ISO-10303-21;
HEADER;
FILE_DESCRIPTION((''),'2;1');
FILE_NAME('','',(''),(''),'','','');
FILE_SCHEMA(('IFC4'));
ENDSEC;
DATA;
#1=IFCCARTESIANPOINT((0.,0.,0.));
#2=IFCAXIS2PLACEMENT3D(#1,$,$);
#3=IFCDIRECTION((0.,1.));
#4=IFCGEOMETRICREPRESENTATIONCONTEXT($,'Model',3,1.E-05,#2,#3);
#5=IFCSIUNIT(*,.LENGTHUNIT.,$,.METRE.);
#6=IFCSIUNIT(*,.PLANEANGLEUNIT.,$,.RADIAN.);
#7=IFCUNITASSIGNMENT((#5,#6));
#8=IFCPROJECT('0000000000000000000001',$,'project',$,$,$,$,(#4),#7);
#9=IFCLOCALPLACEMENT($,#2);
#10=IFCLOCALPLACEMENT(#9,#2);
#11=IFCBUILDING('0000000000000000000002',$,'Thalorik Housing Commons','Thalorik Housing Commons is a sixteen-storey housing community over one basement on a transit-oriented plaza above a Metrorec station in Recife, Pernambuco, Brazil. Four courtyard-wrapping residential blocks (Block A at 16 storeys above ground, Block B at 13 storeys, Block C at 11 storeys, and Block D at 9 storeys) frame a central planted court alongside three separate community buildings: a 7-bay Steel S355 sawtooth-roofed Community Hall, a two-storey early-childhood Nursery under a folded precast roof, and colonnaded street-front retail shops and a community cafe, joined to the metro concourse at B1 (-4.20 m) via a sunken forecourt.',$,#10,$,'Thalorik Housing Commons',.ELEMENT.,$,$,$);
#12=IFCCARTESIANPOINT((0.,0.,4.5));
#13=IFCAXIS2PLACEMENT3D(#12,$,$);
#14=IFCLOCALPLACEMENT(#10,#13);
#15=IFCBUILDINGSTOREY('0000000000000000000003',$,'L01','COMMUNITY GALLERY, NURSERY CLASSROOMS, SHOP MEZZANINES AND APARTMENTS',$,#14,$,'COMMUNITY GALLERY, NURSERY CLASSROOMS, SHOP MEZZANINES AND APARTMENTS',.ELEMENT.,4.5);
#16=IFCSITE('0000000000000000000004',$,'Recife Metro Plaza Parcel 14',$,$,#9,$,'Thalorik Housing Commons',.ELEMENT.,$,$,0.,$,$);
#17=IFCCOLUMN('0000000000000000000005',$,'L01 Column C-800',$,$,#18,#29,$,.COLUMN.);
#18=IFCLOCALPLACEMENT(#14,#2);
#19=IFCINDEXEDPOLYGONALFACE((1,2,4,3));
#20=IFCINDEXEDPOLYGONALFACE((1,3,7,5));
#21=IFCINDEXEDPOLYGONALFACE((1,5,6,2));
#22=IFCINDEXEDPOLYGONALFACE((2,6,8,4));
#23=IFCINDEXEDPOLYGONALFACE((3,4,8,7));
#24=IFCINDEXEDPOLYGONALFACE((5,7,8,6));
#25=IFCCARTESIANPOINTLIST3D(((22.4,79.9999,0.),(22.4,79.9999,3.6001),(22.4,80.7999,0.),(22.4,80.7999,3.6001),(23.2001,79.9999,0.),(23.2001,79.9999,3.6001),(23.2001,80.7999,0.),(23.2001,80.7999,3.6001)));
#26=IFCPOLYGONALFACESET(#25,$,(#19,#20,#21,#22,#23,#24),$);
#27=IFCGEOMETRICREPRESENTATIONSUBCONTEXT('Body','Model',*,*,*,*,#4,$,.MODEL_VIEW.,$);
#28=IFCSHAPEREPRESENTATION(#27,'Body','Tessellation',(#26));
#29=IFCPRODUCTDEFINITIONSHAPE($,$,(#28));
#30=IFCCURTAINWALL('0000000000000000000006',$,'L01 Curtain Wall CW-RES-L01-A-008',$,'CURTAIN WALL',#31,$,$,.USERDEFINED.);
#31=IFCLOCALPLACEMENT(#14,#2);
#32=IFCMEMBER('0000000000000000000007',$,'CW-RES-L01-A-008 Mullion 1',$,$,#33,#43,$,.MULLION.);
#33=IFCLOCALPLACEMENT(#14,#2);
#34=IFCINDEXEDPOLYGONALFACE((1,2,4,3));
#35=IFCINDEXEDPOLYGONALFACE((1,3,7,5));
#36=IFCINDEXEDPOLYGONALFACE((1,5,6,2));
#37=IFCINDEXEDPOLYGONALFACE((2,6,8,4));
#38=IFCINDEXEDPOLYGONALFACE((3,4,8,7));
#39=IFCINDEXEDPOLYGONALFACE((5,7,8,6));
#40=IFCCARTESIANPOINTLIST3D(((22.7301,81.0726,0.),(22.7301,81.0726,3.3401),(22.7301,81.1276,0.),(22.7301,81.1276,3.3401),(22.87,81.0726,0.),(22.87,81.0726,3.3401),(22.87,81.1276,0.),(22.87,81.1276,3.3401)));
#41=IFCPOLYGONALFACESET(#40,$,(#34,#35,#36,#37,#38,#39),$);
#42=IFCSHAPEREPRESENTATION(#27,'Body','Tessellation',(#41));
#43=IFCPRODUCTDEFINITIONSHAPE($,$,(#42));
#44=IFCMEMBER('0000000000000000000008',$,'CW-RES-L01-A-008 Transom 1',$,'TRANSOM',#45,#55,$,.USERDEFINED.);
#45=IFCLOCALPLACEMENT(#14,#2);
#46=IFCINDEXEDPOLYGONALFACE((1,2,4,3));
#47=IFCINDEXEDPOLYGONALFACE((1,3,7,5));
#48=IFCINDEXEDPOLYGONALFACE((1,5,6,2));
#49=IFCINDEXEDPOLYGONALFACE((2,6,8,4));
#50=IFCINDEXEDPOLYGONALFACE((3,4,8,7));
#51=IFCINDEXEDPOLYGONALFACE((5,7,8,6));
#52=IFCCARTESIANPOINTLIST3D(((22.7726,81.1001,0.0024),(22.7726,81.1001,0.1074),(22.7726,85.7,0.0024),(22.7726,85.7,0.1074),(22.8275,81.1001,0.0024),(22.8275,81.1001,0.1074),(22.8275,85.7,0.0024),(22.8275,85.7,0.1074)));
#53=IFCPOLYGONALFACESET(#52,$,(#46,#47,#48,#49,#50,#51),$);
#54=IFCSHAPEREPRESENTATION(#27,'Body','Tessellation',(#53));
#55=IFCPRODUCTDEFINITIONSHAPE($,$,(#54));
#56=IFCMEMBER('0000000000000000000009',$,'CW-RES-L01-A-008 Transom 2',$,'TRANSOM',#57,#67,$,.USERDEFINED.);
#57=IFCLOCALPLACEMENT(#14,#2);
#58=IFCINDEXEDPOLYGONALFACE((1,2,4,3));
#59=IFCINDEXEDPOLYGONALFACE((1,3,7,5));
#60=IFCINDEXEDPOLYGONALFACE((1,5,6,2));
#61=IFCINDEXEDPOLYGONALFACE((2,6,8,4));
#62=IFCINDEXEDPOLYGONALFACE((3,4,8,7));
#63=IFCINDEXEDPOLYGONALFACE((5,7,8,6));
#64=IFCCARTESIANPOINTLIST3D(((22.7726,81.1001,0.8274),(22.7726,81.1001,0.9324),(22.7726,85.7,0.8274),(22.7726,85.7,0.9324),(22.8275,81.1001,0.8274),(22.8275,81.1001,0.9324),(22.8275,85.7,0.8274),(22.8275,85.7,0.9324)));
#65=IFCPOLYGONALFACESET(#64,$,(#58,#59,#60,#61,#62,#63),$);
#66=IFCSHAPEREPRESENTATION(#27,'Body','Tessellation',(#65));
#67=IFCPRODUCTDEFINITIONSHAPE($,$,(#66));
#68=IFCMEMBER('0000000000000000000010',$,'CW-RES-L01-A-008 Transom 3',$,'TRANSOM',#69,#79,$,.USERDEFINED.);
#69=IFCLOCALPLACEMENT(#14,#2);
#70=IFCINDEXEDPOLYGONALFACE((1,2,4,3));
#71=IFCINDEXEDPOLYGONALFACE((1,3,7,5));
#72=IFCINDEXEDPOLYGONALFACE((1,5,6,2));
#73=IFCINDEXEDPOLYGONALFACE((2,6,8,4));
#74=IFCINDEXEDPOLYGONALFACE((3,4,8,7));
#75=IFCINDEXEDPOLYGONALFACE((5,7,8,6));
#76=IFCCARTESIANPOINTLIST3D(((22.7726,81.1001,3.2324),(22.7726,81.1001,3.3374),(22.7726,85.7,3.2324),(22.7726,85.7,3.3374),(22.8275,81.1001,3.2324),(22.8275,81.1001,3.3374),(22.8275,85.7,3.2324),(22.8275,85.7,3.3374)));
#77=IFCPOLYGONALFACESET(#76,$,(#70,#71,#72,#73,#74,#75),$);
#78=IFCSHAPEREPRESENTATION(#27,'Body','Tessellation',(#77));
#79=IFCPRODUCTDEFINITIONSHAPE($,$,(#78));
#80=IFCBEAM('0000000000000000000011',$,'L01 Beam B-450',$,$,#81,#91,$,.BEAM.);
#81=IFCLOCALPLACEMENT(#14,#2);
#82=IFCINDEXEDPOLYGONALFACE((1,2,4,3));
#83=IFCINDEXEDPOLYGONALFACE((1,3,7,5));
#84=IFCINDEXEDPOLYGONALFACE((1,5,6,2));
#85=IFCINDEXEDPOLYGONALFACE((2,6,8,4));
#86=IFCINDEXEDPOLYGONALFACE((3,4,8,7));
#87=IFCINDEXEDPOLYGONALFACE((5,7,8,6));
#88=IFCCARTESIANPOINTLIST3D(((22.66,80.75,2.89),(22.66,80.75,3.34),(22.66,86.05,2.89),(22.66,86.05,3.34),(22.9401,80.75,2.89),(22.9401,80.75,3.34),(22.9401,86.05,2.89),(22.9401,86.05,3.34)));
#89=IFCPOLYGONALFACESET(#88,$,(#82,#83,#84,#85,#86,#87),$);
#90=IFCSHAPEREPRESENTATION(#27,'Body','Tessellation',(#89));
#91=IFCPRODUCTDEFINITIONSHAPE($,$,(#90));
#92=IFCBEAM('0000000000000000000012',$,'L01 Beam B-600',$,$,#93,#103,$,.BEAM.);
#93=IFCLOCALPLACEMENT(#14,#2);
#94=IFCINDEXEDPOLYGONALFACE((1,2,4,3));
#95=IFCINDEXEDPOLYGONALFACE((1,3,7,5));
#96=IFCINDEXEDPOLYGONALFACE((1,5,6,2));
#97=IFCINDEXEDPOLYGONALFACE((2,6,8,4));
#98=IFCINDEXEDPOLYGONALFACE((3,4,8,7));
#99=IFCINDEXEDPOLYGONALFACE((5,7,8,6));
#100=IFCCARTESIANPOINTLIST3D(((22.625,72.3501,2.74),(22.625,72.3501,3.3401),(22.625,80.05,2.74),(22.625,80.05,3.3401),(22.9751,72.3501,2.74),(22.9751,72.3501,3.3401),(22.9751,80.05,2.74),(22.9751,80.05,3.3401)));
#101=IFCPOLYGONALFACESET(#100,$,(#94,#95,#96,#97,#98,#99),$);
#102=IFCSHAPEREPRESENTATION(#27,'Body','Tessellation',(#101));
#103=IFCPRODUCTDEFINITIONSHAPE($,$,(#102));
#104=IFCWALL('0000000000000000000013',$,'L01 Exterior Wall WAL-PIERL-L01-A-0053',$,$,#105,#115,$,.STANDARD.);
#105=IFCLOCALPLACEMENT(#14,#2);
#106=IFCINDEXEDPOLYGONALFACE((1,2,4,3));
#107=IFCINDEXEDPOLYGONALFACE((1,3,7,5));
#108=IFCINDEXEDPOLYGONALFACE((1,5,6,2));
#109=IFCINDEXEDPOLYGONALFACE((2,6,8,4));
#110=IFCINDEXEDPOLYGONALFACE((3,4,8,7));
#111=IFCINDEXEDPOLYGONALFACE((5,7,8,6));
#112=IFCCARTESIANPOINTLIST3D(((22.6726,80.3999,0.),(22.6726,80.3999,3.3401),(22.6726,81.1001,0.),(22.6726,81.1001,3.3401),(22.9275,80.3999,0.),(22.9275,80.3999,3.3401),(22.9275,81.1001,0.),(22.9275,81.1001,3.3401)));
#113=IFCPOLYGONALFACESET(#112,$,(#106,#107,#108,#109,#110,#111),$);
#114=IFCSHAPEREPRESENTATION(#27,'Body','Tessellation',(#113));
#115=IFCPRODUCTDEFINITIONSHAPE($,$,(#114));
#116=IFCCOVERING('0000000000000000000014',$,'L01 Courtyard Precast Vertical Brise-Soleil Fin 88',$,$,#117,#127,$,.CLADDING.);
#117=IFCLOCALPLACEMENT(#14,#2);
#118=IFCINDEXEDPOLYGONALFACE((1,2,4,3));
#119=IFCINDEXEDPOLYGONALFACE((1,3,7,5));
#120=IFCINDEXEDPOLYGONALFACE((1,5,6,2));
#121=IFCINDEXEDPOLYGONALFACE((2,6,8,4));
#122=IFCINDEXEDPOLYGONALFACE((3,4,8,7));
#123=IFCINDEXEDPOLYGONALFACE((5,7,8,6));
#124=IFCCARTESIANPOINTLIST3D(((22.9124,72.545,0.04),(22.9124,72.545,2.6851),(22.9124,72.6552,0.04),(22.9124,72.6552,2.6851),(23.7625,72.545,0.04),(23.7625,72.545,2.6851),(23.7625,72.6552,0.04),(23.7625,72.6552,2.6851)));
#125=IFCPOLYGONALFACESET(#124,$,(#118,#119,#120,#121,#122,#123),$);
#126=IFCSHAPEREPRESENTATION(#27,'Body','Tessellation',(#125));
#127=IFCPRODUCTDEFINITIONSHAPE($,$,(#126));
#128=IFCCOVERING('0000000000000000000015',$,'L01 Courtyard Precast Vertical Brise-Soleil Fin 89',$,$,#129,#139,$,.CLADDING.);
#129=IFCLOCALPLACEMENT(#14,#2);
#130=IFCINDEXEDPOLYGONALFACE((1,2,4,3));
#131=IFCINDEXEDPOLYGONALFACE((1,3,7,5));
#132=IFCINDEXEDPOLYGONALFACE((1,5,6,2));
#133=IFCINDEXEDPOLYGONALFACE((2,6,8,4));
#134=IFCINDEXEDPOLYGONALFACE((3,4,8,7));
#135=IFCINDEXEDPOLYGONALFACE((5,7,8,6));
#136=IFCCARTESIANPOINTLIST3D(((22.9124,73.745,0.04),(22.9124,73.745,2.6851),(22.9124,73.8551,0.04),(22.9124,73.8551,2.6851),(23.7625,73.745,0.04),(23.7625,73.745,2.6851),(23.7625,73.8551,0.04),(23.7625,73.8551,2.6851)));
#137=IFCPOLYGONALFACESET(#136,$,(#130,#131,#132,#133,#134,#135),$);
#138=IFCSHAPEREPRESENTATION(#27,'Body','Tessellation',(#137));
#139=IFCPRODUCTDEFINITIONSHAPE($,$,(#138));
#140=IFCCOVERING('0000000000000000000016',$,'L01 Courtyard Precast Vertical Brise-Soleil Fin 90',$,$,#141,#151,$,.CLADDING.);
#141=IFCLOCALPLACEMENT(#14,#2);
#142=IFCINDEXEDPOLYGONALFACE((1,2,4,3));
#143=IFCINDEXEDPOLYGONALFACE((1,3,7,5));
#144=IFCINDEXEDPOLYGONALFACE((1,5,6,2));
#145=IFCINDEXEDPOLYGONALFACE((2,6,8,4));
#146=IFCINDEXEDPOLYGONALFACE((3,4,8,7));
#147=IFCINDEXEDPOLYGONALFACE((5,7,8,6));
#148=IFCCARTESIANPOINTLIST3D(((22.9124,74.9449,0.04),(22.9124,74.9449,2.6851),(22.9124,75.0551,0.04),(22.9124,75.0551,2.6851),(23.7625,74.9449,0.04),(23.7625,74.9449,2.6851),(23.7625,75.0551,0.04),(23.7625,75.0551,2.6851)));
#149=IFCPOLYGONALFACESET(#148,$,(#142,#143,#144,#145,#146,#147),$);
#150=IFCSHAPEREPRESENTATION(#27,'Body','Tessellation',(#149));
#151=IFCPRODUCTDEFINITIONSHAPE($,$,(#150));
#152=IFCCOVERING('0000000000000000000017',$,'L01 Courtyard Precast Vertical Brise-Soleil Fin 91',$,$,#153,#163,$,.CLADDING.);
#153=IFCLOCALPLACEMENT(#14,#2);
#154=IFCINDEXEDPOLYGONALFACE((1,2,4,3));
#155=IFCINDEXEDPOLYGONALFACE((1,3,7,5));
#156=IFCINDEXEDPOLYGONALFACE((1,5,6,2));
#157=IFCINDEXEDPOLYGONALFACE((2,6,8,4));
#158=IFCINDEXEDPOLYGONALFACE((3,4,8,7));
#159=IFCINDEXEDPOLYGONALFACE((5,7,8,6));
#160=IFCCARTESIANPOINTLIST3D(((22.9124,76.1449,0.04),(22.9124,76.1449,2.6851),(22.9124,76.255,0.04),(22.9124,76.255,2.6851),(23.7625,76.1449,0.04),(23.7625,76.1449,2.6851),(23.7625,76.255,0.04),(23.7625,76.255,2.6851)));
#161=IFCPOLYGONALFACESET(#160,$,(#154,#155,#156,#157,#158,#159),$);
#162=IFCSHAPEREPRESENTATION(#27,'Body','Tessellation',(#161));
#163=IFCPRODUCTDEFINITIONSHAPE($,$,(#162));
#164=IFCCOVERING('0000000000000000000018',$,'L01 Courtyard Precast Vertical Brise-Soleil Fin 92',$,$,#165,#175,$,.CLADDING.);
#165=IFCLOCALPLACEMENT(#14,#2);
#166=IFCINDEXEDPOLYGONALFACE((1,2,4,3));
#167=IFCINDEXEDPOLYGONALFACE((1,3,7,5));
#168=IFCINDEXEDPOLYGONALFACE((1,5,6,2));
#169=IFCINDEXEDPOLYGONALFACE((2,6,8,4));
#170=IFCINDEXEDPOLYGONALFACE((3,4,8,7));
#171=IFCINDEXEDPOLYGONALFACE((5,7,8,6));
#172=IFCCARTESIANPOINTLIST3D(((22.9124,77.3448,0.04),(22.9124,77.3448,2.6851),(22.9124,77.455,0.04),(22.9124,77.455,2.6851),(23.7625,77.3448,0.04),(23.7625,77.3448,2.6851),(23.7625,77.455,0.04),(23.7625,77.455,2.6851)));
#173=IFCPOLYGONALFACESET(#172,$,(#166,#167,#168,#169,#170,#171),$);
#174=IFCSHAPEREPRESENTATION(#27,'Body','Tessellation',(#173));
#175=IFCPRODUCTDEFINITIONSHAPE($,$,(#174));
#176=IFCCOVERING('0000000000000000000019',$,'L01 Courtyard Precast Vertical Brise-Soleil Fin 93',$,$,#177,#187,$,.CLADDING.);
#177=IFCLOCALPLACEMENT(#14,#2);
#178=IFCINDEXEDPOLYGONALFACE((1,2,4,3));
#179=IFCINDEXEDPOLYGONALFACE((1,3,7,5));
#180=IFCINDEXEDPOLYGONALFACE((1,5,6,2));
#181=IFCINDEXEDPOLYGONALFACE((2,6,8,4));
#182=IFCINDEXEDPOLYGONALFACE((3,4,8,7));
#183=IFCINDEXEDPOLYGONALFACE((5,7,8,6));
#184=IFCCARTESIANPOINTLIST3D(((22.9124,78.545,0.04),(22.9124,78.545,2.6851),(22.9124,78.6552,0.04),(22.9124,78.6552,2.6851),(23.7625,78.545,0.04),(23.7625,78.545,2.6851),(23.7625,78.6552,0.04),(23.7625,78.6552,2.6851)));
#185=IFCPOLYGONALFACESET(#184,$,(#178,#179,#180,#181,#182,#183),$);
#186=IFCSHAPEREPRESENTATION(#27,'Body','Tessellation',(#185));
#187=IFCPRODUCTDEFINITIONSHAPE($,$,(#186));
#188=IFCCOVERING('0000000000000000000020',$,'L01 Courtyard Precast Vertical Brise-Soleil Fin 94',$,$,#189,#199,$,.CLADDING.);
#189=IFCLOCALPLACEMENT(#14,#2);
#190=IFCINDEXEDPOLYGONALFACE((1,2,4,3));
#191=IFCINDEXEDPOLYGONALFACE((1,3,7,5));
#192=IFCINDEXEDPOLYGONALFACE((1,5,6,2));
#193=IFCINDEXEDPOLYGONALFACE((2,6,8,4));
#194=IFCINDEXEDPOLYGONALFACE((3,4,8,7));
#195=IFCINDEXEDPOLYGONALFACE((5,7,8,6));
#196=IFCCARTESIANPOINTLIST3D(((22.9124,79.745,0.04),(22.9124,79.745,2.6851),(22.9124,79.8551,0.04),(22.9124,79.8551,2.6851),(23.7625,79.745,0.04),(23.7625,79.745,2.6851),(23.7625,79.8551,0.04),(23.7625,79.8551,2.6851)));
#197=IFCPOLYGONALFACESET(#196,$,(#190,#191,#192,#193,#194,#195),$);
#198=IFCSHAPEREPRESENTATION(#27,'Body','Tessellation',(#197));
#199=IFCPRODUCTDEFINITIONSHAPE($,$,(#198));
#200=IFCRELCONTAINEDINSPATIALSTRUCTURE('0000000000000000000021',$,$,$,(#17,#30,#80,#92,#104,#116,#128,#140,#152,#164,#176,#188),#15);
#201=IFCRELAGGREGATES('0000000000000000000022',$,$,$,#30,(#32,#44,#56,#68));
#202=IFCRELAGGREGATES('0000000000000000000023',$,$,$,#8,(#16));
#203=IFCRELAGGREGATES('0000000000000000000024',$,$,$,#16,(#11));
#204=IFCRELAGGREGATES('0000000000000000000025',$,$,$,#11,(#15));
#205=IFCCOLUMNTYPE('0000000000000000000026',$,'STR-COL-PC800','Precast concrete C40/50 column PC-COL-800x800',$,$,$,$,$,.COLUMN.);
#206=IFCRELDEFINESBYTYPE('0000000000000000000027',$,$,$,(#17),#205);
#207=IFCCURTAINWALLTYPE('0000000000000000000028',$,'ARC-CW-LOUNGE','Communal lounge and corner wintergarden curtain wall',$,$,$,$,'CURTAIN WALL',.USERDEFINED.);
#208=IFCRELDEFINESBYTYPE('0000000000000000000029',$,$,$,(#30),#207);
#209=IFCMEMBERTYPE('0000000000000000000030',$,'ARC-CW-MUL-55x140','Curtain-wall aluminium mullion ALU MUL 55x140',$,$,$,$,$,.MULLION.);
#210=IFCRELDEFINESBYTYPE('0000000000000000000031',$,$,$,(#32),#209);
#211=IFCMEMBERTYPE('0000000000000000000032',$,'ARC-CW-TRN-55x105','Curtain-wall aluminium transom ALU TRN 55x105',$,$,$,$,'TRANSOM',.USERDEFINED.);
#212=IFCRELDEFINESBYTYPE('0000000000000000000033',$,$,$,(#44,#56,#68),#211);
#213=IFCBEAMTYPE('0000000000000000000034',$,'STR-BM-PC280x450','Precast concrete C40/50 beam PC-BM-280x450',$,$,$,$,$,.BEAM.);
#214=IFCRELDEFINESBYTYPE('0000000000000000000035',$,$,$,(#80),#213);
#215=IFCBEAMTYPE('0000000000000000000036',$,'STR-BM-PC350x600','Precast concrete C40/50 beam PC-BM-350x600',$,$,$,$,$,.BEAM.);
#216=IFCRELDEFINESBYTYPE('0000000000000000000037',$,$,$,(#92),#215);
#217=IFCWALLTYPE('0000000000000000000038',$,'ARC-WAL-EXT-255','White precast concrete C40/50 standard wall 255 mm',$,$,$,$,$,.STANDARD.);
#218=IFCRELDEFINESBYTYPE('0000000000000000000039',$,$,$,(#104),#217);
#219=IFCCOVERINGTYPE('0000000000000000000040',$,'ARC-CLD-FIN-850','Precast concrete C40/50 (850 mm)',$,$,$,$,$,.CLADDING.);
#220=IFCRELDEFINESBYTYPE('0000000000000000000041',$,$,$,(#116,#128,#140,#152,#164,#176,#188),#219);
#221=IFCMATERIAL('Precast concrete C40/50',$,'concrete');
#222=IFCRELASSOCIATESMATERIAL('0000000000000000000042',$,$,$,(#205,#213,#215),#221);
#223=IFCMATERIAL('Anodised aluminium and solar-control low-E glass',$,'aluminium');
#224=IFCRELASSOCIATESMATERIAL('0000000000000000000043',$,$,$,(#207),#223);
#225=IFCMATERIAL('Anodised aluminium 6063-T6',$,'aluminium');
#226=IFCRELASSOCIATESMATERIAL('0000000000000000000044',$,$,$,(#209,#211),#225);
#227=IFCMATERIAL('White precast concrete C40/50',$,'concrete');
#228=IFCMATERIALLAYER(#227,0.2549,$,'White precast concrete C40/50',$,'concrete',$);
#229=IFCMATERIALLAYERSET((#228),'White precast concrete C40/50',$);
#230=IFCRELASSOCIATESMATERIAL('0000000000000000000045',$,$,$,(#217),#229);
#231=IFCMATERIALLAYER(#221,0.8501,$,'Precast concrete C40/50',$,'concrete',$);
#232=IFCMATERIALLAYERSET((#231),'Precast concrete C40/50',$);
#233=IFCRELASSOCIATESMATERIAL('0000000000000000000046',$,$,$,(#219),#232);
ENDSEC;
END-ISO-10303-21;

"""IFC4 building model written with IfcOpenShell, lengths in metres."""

from ifc_helpers import new_model, si_unit, direction, frame, frame_2d, origin, origin_2d, place, context, subcontext, project, spatial, rectangle, extrude, material, layer, layer_set, material_profile, profile_set, type_object, element, aggregate, save


model = new_model("IFC4")

# Units and contexts
model_context = context("Model", 3, precision=1e-05, world=origin(), true_north=direction((0.0, 1.0)))
body_context = subcontext(model_context, "Body", "Model", "MODEL_VIEW")
ifc_project = project(units=[si_unit("LENGTHUNIT", "METRE"), si_unit("PLANEANGLEUNIT", "RADIAN")], contexts=[model_context])

# Site, building, storey
site_placement = place(None, origin())
site = spatial("IfcSite", under=ifc_project, at=site_placement, Name="Recife Metro Plaza Parcel 14", LongName="Thalorik Housing Commons", CompositionType="ELEMENT", RefElevation=0.0)
building_placement = place(site_placement, origin())
building = spatial("IfcBuilding", under=site, at=building_placement, Name="Thalorik Housing Commons", Description="Thalorik Housing Commons is a sixteen-storey housing community over one basement on a transit-oriented plaza above a Metrorec station in Recife, Pernambuco, Brazil. Four courtyard-wrapping residential blocks (Block A at 16 storeys above ground, Block B at 13 storeys, Block C at 11 storeys, and Block D at 9 storeys) frame a central planted court alongside three separate community buildings: a 7-bay Steel S355 sawtooth-roofed Community Hall, a two-storey early-childhood Nursery under a folded precast roof, and colonnaded street-front retail shops and a community cafe, joined to the metro concourse at B1 (-4.20 m) via a sunken forecourt.", LongName="Thalorik Housing Commons", CompositionType="ELEMENT")
storey_placement = place(building_placement, frame((0.0, 0.0, 4.5)))
storey = spatial("IfcBuildingStorey", under=building, at=storey_placement, Name="L01", Description="COMMUNITY GALLERY, NURSERY CLASSROOMS, SHOP MEZZANINES AND APARTMENTS", LongName="COMMUNITY GALLERY, NURSERY CLASSROOMS, SHOP MEZZANINES AND APARTMENTS", CompositionType="ELEMENT", Elevation=4.5)

# Column
ifc_material_1 = material(Name="Precast concrete C40/50", Category="concrete")
ifc_material_profile_1 = material_profile(ifc_material_1, rectangle(XDim=0.8, YDim=0.8, at=origin_2d()), Name="PC 800x800", Category="concrete")
ifc_profile_set_1 = profile_set([ifc_material_profile_1], Name="Precast concrete C40/50")
column_type = type_object("IfcColumnType", Name="STR-COL-PC800", Description="Precast concrete C40/50 column PC-COL-800x800", PredefinedType="COLUMN", material=ifc_profile_set_1)
column_placement = place(storey_placement, frame((22.8, 80.3999, 0.0), z_axis=(0.0, 0.0, 1.0), x_axis=(1.0, 0.0, 0.0)))
element("IfcColumn", 1, at=column_placement, inside=storey, type_object=column_type, Name="L01 Column C-800", PredefinedType="COLUMN", context=body_context, shape_type="SweptSolid", body=[
    extrude(rectangle(XDim=0.8, YDim=0.8, at=origin_2d()), origin(), (0.0, 0.0, 1.0), 3.6001),
])

# Curtain wall, members
ifc_material_2 = material(Name="Anodised aluminium and solar-control low-E glass", Category="aluminium")
curtain_wall_type = type_object("IfcCurtainWallType", Name="ARC-CW-LOUNGE", Description="Communal lounge and corner wintergarden curtain wall", ElementType="CURTAIN WALL", PredefinedType="USERDEFINED", material=ifc_material_2)
curtain_wall_placement = place(storey_placement, origin())
curtain_wall = element("IfcCurtainWall", 2, at=curtain_wall_placement, inside=storey, type_object=curtain_wall_type, Name="L01 Curtain Wall CW-RES-L01-A-008", ObjectType="CURTAIN WALL", PredefinedType="USERDEFINED")
ifc_material_3 = material(Name="Anodised aluminium 6063-T6", Category="aluminium")
ifc_material_profile_2 = material_profile(ifc_material_3, rectangle(XDim=0.0549, YDim=0.1399, at=origin_2d()), Name="ALU MUL 55x140", Category="aluminium")
ifc_profile_set_2 = profile_set([ifc_material_profile_2], Name="Anodised aluminium 6063-T6")
member_type_1 = type_object("IfcMemberType", Name="ARC-CW-MUL-55x140", Description="Curtain-wall aluminium mullion ALU MUL 55x140", PredefinedType="MULLION", material=ifc_profile_set_2)
member_1_placement = place(storey_placement, frame((22.8, 81.1001, 0.0), z_axis=(0.0, 0.0, 1.0), x_axis=(0.0, 1.0, 0.0)))
member_1 = element("IfcMember", 3, at=member_1_placement, type_object=member_type_1, Name="CW-RES-L01-A-008 Mullion 1", PredefinedType="MULLION", context=body_context, shape_type="SweptSolid", body=[
    extrude(rectangle(XDim=0.0549, YDim=0.1399, at=origin_2d()), origin(), (0.0, 0.0, 1.0), 3.3401),
])
ifc_material_profile_3 = material_profile(ifc_material_3, rectangle(XDim=0.0549, YDim=0.105, at=origin_2d()), Name="ALU TRN 55x105", Category="aluminium")
ifc_profile_set_3 = profile_set([ifc_material_profile_3], Name="Anodised aluminium 6063-T6")
member_type_2 = type_object("IfcMemberType", Name="ARC-CW-TRN-55x105", Description="Curtain-wall aluminium transom ALU TRN 55x105", ElementType="TRANSOM", PredefinedType="USERDEFINED", material=ifc_profile_set_3)
member_2_placement = place(storey_placement, frame((22.8, 81.1001, 0.0549), z_axis=(0.0, 1.0, 0.0), x_axis=(-1.0, 0.0, 0.0)))
member_2 = element("IfcMember", 4, at=member_2_placement, type_object=member_type_2, Name="CW-RES-L01-A-008 Transom 1", ObjectType="TRANSOM", PredefinedType="USERDEFINED", context=body_context, shape_type="SweptSolid", body=[
    extrude(rectangle(XDim=0.0549, YDim=0.105, at=origin_2d()), origin(), (0.0, 0.0, 1.0), 4.5999),
])
member_3_placement = place(storey_placement, frame((22.8, 81.1001, 0.8799), z_axis=(0.0, 1.0, 0.0), x_axis=(-1.0, 0.0, 0.0)))
member_3 = element("IfcMember", 5, at=member_3_placement, type_object=member_type_2, Name="CW-RES-L01-A-008 Transom 2", ObjectType="TRANSOM", PredefinedType="USERDEFINED", context=body_context, shape_type="SweptSolid", body=[
    extrude(rectangle(XDim=0.0549, YDim=0.105, at=origin_2d()), origin(), (0.0, 0.0, 1.0), 4.5999),
])
member_4_placement = place(storey_placement, frame((22.8, 81.1001, 3.2849), z_axis=(0.0, 1.0, 0.0), x_axis=(-1.0, 0.0, 0.0)))
member_4 = element("IfcMember", 6, at=member_4_placement, type_object=member_type_2, Name="CW-RES-L01-A-008 Transom 3", ObjectType="TRANSOM", PredefinedType="USERDEFINED", context=body_context, shape_type="SweptSolid", body=[
    extrude(rectangle(XDim=0.0549, YDim=0.105, at=origin_2d()), origin(), (0.0, 0.0, 1.0), 4.5999),
])
aggregate(curtain_wall, [member_1, member_2, member_3, member_4])

# Beams
ifc_material_profile_4 = material_profile(ifc_material_1, rectangle(XDim=0.28, YDim=0.45, at=origin_2d()), Name="PC 280x450", Category="concrete")
ifc_profile_set_4 = profile_set([ifc_material_profile_4], Name="Precast concrete C40/50")
beam_type_1 = type_object("IfcBeamType", Name="STR-BM-PC280x450", Description="Precast concrete C40/50 beam PC-BM-280x450", PredefinedType="BEAM", material=ifc_profile_set_4)
beam_1_placement = place(storey_placement, frame((22.8, 80.75, 3.115), z_axis=(0.0, 1.0, 0.0), x_axis=(-1.0, 0.0, 0.0)))
element("IfcBeam", 7, at=beam_1_placement, inside=storey, type_object=beam_type_1, Name="L01 Beam B-450", PredefinedType="BEAM", context=body_context, shape_type="SweptSolid", body=[
    extrude(rectangle(XDim=0.28, YDim=0.45, at=origin_2d()), origin(), (0.0, 0.0, 1.0), 5.3),
])
ifc_material_profile_5 = material_profile(ifc_material_1, rectangle(XDim=0.3501, YDim=0.6001, at=origin_2d()), Name="PC 350x600", Category="concrete")
ifc_profile_set_5 = profile_set([ifc_material_profile_5], Name="Precast concrete C40/50")
beam_type_2 = type_object("IfcBeamType", Name="STR-BM-PC350x600", Description="Precast concrete C40/50 beam PC-BM-350x600", PredefinedType="BEAM", material=ifc_profile_set_5)
beam_2_placement = place(storey_placement, frame((22.8, 72.3501, 3.04), z_axis=(0.0, 1.0, 0.0), x_axis=(-1.0, 0.0, 0.0)))
element("IfcBeam", 8, at=beam_2_placement, inside=storey, type_object=beam_type_2, Name="L01 Beam B-600", PredefinedType="BEAM", context=body_context, shape_type="SweptSolid", body=[
    extrude(rectangle(XDim=0.3501, YDim=0.6001, at=origin_2d()), origin(), (0.0, 0.0, 1.0), 7.7),
])

# Wall
ifc_material_4 = material(Name="White precast concrete C40/50", Category="concrete")
ifc_layer_1 = layer(ifc_material_4, 0.2549, Name="White precast concrete C40/50", Category="concrete")
ifc_layer_set_1 = layer_set([ifc_layer_1], Name="White precast concrete C40/50")
wall_type = type_object("IfcWallType", Name="ARC-WAL-EXT-255", Description="White precast concrete C40/50 standard wall 255 mm", PredefinedType="STANDARD", material=ifc_layer_set_1)
wall_placement = place(storey_placement, frame((22.8, 80.3999, 0.0), z_axis=(0.0, 0.0, 1.0), x_axis=(0.0, 1.0, 0.0)))
element("IfcWall", 9, at=wall_placement, inside=storey, type_object=wall_type, Name="L01 Exterior Wall WAL-PIERL-L01-A-0053", PredefinedType="STANDARD", context=body_context, shape_type="SweptSolid", body=[
    extrude(rectangle(XDim=0.7002, YDim=0.2549, at=frame_2d((0.3501, 0.0))), origin(), (0.0, 0.0, 1.0), 3.3401),
])

# Coverings
ifc_layer_2 = layer(ifc_material_1, 0.8501, Name="Precast concrete C40/50", Category="concrete")
ifc_layer_set_2 = layer_set([ifc_layer_2], Name="Precast concrete C40/50")
covering_type_1 = type_object("IfcCoveringType", Name="ARC-CLD-FIN-850", Description="Precast concrete C40/50 (850 mm)", PredefinedType="CLADDING", material=ifc_layer_set_2)
for number, where, z_axis, x_axis, name in (
    (10, (23.3374, 72.6001, 0.04), (0.0, 0.0, 1.0), (0.0, 1.0, 0.0), "L01 Courtyard Precast Vertical Brise-Soleil Fin 88"),
    (11, (23.3374, 73.8, 0.04), (0.0, 0.0, 1.0), (0.0, 1.0, 0.0), "L01 Courtyard Precast Vertical Brise-Soleil Fin 89"),
    (12, (23.3374, 75.0, 0.04), (0.0, 0.0, 1.0), (0.0, 1.0, 0.0), "L01 Courtyard Precast Vertical Brise-Soleil Fin 90"),
    (13, (23.3374, 76.2, 0.04), (0.0, 0.0, 1.0), (0.0, 1.0, 0.0), "L01 Courtyard Precast Vertical Brise-Soleil Fin 91"),
    (14, (23.3374, 77.3999, 0.04), (0.0, 0.0, 1.0), (0.0, 1.0, 0.0), "L01 Courtyard Precast Vertical Brise-Soleil Fin 92"),
    (15, (23.3374, 78.6001, 0.04), (0.0, 0.0, 1.0), (0.0, 1.0, 0.0), "L01 Courtyard Precast Vertical Brise-Soleil Fin 93"),
    (16, (23.3374, 79.8, 0.04), (0.0, 0.0, 1.0), (0.0, 1.0, 0.0), "L01 Courtyard Precast Vertical Brise-Soleil Fin 94"),
):
    element("IfcCovering", number, at=place(storey_placement, frame(where, z_axis=z_axis, x_axis=x_axis)), inside=storey, type_object=covering_type_1, Name=name, PredefinedType="CLADDING", context=body_context, shape_type="SweptSolid", body=[
        extrude(rectangle(XDim=0.1101, YDim=0.8501, at=origin_2d()), origin(), (0.0, 0.0, 1.0), 2.645),
    ])

save(model, "model.ifc")
